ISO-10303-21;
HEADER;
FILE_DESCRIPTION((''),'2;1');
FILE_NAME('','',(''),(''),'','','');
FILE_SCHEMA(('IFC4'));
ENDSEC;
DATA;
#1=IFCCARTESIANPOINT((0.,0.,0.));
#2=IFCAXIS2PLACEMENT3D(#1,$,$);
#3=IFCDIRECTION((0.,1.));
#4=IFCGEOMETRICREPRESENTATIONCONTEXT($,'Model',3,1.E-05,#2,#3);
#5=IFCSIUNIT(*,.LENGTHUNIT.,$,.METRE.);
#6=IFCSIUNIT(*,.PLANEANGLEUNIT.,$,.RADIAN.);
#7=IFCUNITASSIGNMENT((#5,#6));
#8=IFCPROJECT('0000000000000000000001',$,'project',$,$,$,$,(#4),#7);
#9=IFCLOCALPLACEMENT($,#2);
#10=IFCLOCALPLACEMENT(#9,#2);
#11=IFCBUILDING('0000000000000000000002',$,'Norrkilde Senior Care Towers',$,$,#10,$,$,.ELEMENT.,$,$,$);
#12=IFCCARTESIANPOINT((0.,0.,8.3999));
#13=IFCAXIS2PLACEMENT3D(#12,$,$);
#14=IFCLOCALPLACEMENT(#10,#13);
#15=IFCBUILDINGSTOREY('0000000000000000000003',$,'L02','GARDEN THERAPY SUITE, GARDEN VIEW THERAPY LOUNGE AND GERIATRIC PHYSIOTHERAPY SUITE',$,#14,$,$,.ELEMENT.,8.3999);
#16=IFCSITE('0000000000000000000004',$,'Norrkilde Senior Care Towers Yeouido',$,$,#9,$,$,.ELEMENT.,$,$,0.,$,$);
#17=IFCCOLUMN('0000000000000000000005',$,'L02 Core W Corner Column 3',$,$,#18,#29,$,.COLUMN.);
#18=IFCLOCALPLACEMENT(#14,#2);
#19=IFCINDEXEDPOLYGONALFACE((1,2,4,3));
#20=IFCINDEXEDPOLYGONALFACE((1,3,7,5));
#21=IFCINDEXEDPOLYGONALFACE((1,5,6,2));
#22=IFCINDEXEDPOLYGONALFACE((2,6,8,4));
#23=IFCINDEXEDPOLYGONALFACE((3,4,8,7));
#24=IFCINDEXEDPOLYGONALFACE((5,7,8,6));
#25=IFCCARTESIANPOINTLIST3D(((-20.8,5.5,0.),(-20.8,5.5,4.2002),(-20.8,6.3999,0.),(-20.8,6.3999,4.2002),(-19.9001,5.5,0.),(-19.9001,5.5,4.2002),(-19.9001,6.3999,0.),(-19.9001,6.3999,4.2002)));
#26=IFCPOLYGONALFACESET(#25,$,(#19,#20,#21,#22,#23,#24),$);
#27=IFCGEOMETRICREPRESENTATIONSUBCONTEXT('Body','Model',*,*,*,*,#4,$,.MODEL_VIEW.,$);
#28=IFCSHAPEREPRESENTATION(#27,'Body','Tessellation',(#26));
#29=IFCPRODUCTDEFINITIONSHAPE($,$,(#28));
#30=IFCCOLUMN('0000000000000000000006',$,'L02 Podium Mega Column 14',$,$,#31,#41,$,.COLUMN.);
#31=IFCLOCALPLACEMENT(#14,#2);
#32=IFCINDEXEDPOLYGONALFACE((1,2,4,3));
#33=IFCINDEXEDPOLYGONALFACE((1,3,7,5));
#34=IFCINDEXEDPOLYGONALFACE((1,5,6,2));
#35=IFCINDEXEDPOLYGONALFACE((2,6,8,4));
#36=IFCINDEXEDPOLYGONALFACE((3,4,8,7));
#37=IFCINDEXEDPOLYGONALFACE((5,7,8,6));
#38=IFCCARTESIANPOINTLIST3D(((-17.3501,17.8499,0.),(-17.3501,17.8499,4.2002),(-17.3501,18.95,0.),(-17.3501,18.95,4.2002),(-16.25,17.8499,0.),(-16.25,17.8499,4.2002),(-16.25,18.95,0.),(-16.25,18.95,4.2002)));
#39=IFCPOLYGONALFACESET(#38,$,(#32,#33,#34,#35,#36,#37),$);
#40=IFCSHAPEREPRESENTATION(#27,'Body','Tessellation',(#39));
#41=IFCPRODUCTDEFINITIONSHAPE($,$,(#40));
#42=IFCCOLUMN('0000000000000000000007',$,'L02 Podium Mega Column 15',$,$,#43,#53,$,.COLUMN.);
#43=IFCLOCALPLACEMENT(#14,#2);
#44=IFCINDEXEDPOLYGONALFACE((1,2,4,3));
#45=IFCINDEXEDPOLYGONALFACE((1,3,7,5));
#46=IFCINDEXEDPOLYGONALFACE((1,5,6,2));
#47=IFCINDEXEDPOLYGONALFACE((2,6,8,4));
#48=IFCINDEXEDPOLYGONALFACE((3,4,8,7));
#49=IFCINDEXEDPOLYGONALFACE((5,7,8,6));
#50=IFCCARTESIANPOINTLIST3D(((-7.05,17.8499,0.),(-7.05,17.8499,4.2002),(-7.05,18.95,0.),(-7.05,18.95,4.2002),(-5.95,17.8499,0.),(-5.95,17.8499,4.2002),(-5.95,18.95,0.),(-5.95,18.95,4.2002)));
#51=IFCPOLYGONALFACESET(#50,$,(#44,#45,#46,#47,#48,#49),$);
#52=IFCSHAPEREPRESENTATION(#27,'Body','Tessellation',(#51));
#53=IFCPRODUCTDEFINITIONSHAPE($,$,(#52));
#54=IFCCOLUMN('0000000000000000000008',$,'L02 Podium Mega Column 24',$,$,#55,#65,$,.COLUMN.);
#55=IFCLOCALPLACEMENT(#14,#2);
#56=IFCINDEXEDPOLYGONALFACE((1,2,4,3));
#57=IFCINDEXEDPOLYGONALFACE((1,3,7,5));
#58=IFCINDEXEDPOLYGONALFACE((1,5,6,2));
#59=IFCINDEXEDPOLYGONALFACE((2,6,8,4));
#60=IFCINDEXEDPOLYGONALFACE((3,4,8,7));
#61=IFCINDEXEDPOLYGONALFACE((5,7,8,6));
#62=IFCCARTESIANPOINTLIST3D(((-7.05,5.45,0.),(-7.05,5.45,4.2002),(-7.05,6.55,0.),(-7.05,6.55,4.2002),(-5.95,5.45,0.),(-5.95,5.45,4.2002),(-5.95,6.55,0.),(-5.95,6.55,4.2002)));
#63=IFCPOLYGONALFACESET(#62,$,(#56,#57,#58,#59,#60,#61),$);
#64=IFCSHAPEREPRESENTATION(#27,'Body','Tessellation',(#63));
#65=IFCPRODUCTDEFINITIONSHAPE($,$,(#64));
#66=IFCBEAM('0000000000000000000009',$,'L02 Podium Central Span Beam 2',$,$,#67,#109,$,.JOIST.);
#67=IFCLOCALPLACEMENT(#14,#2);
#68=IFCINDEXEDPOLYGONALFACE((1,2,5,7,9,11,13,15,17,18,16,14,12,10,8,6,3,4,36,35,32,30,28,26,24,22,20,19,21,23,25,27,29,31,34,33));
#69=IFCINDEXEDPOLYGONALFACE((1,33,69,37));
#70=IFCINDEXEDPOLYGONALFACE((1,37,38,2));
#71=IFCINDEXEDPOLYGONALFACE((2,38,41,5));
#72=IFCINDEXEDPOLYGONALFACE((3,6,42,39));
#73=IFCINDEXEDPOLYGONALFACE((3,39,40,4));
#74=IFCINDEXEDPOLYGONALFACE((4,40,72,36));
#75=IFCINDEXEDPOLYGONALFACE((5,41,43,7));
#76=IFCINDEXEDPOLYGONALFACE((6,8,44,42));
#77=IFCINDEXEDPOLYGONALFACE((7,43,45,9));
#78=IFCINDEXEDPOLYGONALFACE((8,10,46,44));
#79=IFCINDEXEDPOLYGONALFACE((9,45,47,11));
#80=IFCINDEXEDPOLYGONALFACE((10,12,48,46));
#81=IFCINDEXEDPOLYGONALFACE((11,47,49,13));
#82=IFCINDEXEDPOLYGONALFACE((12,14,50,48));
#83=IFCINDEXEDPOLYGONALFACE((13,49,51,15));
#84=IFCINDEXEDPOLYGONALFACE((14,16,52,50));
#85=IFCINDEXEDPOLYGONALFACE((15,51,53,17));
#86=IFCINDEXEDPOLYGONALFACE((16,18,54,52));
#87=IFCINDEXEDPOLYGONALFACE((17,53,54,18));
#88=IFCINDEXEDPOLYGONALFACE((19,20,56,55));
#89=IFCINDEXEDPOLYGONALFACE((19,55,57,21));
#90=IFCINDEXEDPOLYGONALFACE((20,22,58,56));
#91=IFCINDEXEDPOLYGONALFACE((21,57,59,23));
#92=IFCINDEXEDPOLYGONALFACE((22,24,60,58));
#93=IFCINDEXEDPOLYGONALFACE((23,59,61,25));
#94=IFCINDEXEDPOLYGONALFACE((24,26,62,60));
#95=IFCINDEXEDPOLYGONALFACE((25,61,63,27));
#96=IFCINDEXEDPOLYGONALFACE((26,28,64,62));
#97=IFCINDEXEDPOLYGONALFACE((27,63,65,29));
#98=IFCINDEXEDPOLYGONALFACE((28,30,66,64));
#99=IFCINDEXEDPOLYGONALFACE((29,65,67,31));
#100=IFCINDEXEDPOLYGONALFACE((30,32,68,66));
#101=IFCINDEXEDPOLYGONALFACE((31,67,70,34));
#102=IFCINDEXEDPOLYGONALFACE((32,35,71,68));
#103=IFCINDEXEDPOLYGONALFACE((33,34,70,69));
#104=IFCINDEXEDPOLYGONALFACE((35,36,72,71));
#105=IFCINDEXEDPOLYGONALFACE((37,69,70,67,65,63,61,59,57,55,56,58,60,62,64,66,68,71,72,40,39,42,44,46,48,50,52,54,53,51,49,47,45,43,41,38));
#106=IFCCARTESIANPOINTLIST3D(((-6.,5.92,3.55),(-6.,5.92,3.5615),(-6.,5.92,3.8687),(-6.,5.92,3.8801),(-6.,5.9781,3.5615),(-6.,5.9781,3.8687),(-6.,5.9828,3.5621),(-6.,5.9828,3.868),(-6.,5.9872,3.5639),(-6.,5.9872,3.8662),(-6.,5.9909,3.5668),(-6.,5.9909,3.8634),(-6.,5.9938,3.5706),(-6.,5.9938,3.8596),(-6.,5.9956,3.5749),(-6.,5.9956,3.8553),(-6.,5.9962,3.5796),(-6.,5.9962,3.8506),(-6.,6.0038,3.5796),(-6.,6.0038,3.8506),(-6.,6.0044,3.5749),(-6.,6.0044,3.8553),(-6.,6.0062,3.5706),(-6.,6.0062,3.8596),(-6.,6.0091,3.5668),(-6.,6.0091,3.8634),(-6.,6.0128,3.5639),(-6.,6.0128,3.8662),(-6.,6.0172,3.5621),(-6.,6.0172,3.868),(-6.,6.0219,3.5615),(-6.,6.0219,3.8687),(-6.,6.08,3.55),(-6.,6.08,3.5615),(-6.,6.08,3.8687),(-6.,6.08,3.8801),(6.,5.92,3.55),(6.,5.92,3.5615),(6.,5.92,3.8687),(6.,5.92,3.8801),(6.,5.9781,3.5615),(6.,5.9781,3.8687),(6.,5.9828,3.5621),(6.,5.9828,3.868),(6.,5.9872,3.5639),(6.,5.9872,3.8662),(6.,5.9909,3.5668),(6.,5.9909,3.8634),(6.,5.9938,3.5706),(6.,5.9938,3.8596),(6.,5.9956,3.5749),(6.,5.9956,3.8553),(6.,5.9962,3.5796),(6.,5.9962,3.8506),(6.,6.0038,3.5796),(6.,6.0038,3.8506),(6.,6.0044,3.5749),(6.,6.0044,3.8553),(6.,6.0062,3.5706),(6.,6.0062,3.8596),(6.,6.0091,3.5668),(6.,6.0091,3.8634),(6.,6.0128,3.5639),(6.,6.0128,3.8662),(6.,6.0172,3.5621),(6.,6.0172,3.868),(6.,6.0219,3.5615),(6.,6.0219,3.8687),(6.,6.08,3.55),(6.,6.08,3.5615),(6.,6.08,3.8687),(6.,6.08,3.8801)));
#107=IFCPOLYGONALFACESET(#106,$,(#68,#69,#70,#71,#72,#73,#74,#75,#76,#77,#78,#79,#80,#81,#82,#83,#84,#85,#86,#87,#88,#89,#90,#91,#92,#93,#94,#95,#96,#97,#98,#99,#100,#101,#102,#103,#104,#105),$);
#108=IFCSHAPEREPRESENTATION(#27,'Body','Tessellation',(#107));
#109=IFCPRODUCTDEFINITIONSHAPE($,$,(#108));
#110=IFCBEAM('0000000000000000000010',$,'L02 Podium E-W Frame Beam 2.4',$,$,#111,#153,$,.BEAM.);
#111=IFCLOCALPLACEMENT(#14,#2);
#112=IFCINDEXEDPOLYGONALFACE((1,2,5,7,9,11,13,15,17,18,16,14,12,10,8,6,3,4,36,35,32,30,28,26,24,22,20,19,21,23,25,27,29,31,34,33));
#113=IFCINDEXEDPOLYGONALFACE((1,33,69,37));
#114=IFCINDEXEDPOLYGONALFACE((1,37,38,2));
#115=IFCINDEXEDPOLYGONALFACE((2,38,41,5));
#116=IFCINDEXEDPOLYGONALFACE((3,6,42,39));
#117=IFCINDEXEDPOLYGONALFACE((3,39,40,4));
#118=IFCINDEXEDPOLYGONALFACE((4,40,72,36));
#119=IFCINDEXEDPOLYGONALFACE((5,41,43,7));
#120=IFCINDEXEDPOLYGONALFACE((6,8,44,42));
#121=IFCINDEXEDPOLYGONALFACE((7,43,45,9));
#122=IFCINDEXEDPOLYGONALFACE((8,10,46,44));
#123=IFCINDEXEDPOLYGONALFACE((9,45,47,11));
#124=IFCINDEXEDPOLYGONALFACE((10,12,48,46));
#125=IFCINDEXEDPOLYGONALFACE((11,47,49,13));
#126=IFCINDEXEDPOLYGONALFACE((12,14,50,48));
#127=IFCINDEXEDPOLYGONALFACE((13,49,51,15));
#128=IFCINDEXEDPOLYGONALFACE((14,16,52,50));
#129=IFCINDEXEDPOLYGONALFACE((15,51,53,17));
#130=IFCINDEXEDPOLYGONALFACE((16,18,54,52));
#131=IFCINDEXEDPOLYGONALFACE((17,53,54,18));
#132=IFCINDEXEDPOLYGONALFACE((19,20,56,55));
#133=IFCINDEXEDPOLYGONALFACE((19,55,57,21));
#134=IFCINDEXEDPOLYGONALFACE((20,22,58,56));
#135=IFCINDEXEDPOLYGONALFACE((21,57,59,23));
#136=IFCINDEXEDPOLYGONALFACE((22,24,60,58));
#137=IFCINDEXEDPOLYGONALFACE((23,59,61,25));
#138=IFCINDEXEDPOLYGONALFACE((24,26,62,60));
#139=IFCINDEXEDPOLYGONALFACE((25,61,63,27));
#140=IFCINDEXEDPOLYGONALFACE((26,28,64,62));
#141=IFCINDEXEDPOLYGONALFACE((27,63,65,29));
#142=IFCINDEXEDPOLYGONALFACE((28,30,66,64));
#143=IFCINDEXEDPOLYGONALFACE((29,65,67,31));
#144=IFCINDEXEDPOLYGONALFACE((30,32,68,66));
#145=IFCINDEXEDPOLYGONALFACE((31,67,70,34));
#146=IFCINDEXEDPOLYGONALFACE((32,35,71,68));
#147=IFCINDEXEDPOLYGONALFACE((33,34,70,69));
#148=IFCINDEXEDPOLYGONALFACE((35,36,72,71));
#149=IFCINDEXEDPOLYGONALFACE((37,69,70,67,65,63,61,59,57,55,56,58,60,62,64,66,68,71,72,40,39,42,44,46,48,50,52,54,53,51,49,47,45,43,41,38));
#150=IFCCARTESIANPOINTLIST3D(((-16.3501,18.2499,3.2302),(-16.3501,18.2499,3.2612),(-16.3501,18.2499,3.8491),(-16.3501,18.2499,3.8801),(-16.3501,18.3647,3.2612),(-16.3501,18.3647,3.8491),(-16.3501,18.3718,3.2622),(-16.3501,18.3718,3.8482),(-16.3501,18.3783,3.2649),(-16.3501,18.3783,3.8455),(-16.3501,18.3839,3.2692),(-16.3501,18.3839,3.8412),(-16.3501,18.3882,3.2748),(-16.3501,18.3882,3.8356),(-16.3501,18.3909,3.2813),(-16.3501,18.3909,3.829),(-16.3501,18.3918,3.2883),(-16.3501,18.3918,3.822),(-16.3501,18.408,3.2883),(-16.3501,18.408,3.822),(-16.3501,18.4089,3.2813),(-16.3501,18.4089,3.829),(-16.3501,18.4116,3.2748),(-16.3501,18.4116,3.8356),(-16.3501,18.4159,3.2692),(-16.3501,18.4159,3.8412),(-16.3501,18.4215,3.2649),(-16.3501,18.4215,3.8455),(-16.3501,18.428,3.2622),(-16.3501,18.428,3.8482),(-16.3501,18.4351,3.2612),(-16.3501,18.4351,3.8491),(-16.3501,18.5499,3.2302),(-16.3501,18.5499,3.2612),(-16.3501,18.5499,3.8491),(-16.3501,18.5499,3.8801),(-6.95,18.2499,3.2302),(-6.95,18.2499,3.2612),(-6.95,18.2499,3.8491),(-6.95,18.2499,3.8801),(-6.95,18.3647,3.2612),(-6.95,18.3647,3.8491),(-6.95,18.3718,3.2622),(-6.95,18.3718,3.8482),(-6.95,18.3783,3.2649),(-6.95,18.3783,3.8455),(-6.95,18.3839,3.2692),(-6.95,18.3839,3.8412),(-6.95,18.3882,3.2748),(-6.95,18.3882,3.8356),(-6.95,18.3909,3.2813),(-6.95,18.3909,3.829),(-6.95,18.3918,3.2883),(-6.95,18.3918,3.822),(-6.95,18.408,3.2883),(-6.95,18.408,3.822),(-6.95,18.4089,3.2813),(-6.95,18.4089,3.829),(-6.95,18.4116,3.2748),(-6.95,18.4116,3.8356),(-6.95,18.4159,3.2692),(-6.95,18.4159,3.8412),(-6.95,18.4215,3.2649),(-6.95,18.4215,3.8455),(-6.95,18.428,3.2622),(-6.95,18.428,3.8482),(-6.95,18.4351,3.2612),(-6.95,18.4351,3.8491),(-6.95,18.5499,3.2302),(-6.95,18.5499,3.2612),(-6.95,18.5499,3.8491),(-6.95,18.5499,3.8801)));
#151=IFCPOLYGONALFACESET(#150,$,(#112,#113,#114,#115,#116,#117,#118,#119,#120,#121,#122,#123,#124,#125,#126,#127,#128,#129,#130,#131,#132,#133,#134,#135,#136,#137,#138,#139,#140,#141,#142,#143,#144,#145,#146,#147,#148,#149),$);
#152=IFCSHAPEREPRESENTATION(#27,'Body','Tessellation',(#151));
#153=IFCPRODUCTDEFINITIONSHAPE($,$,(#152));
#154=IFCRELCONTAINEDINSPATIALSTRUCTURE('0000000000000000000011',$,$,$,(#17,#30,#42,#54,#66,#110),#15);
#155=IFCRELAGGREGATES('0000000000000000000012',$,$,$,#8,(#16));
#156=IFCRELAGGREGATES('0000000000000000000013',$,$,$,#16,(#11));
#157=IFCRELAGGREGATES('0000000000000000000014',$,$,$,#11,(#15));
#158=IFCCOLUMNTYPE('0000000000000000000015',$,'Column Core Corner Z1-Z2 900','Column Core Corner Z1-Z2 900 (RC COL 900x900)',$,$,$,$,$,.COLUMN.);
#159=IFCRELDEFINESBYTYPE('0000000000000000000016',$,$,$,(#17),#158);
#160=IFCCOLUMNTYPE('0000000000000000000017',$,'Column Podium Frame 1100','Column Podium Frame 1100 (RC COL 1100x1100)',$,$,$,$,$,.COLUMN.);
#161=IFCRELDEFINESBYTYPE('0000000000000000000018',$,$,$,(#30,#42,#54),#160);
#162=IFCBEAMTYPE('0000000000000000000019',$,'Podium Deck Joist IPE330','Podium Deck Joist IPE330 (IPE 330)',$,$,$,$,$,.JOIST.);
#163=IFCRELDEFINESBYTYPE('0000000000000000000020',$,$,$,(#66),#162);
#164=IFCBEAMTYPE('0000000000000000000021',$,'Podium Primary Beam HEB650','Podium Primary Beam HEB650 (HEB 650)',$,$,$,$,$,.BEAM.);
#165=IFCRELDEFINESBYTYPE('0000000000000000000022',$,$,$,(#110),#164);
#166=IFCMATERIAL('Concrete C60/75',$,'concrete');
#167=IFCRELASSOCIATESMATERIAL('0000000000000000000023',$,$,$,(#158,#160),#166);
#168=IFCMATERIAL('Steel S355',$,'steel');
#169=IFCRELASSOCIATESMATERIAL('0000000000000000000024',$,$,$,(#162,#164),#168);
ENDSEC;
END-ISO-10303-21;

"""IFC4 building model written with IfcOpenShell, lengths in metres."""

from ifc_helpers import new_model, si_unit, direction, frame, origin, origin_2d, place, context, subcontext, project, spatial, rectangle, i_section, extrude, source, transform, mapped, material, material_profile, profile_set, type_object, type_shapes, element, save


model = new_model("IFC4")

# Units and contexts
model_context = context("Model", 3, precision=1e-05, world=origin(), true_north=direction((0.0, 1.0)))
body_context = subcontext(model_context, "Body", "Model", "MODEL_VIEW")
ifc_project = project(units=[si_unit("LENGTHUNIT", "METRE"), si_unit("PLANEANGLEUNIT", "RADIAN")], contexts=[model_context])

# Site, building, storey
site_placement = place(None, origin())
site = spatial("IfcSite", under=ifc_project, at=site_placement, Name="Norrkilde Senior Care Towers Yeouido", CompositionType="ELEMENT", RefElevation=0.0)
building_placement = place(site_placement, origin())
building = spatial("IfcBuilding", under=site, at=building_placement, Name="Norrkilde Senior Care Towers", CompositionType="ELEMENT")
storey_placement = place(building_placement, frame((0.0, 0.0, 8.3999)))
storey = spatial("IfcBuildingStorey", under=building, at=storey_placement, Name="L02", Description="GARDEN THERAPY SUITE, GARDEN VIEW THERAPY LOUNGE AND GERIATRIC PHYSIOTHERAPY SUITE", CompositionType="ELEMENT", Elevation=8.3999)

# Columns
ifc_material_1 = material(Name="Concrete C60/75", Category="concrete")
ifc_material_profile_1 = material_profile(ifc_material_1, rectangle(XDim=0.8999, YDim=0.8999, at=origin_2d()), Name="RC COL 900x900")
ifc_profile_set_1 = profile_set([ifc_material_profile_1], Name="Concrete C60/75")
column_type_1 = type_object("IfcColumnType", Name="Column Core Corner Z1-Z2 900", Description="Column Core Corner Z1-Z2 900 (RC COL 900x900)", PredefinedType="COLUMN", material=ifc_profile_set_1)
shared_shape_1 = source(origin(), body_context, "Body", "SweptSolid", [
    extrude(rectangle(XDim=0.8999, YDim=0.8999, at=origin_2d()), origin(), (0.0, 0.0, 1.0), 4.2002),
])
type_shapes(column_type_1, [shared_shape_1])
column_placement = place(storey_placement, frame((-20.3501, 5.95, 0.0), z_axis=(0.0, 0.0, 1.0), x_axis=(1.0, 0.0, 0.0)))
element("IfcColumn", 1, at=column_placement, inside=storey, type_object=column_type_1, Name="L02 Core W Corner Column 3", PredefinedType="COLUMN", context=body_context, shape_type="MappedRepresentation", body=[
    mapped(shared_shape_1, transform((0.0, 0.0, 0.0), x_axis=(1.0, 0.0, 0.0), y_axis=(0.0, 1.0, 0.0), z_axis=(0.0, 0.0, 1.0), scale=1.0)),
])
ifc_material_profile_2 = material_profile(ifc_material_1, rectangle(XDim=1.1001, YDim=1.1001, at=origin_2d()), Name="RC COL 1100x1100")
ifc_profile_set_2 = profile_set([ifc_material_profile_2], Name="Concrete C60/75")
column_type_2 = type_object("IfcColumnType", Name="Column Podium Frame 1100", Description="Column Podium Frame 1100 (RC COL 1100x1100)", PredefinedType="COLUMN", material=ifc_profile_set_2)
shared_shape_2 = source(origin(), body_context, "Body", "SweptSolid", [
    extrude(rectangle(XDim=1.1001, YDim=1.1001, at=origin_2d()), origin(), (0.0, 0.0, 1.0), 4.2002),
])
type_shapes(column_type_2, [shared_shape_2])
for number, where, z_axis, x_axis, name in (
    (2, (-16.8, 18.3999, 0.0), (0.0, 0.0, 1.0), (1.0, 0.0, 0.0), "L02 Podium Mega Column 14"),
    (3, (-6.5, 18.3999, 0.0), (0.0, 0.0, 1.0), (1.0, 0.0, 0.0), "L02 Podium Mega Column 15"),
    (4, (-6.5, 6.0, 0.0), (0.0, 0.0, 1.0), (1.0, 0.0, 0.0), "L02 Podium Mega Column 24"),
):
    element("IfcColumn", number, at=place(storey_placement, frame(where, z_axis=z_axis, x_axis=x_axis)), inside=storey, type_object=column_type_2, Name=name, PredefinedType="COLUMN", context=body_context, shape_type="MappedRepresentation", body=[
        mapped(shared_shape_2, transform((0.0, 0.0, 0.0), x_axis=(1.0, 0.0, 0.0), y_axis=(0.0, 1.0, 0.0), z_axis=(0.0, 0.0, 1.0), scale=1.0)),
    ])

# Beams
ifc_material_2 = material(Name="Steel S355", Category="steel")
ifc_material_profile_3 = material_profile(ifc_material_2, i_section(OverallWidth=0.1599, OverallDepth=0.3301, WebThickness=0.0076, FlangeThickness=0.0115, FilletRadius=0.0181, at=origin_2d()), Name="IPE 330")
ifc_profile_set_3 = profile_set([ifc_material_profile_3], Name="Steel S355")
beam_type_1 = type_object("IfcBeamType", Name="Podium Deck Joist IPE330", Description="Podium Deck Joist IPE330 (IPE 330)", PredefinedType="JOIST", material=ifc_profile_set_3)
shared_shape_3 = source(origin(), body_context, "Body", "SweptSolid", [
    extrude(i_section(OverallWidth=0.1599, OverallDepth=0.3301, WebThickness=0.0076, FlangeThickness=0.0115, FilletRadius=0.0181, at=origin_2d()), origin(), (0.0, 0.0, 1.0), 12.0),
])
type_shapes(beam_type_1, [shared_shape_3])
beam_1_placement = place(storey_placement, frame((-6.0, 6.0, 3.7151), z_axis=(1.0, 0.0, 0.0), x_axis=(0.0, 1.0, 0.0)))
element("IfcBeam", 5, at=beam_1_placement, inside=storey, type_object=beam_type_1, Name="L02 Podium Central Span Beam 2", PredefinedType="JOIST", context=body_context, shape_type="MappedRepresentation", body=[
    mapped(shared_shape_3, transform((0.0, 0.0, 0.0), x_axis=(1.0, 0.0, 0.0), y_axis=(0.0, 1.0, 0.0), z_axis=(0.0, 0.0, 1.0), scale=1.0)),
])
ifc_material_profile_4 = material_profile(ifc_material_2, i_section(OverallWidth=0.3, OverallDepth=0.6499, WebThickness=0.0161, FlangeThickness=0.031, FilletRadius=0.0271, at=origin_2d()), Name="HEB 650")
ifc_profile_set_4 = profile_set([ifc_material_profile_4], Name="Steel S355")
beam_type_2 = type_object("IfcBeamType", Name="Podium Primary Beam HEB650", Description="Podium Primary Beam HEB650 (HEB 650)", PredefinedType="BEAM", material=ifc_profile_set_4)
shared_shape_4 = source(origin(), body_context, "Body", "SweptSolid", [
    extrude(i_section(OverallWidth=0.3, OverallDepth=0.6499, WebThickness=0.0161, FlangeThickness=0.031, FilletRadius=0.0271, at=origin_2d()), origin(), (0.0, 0.0, 1.0), 9.4001),
])
beam_2_placement = place(storey_placement, frame((-16.3501, 18.3999, 3.5552), z_axis=(1.0, 0.0, 0.0), x_axis=(0.0, 1.0, 0.0)))
element("IfcBeam", 6, at=beam_2_placement, inside=storey, type_object=beam_type_2, Name="L02 Podium E-W Frame Beam 2.4", PredefinedType="BEAM", context=body_context, shape_type="MappedRepresentation", body=[
    mapped(shared_shape_4, transform((0.0, 0.0, 0.0), x_axis=(1.0, 0.0, 0.0), y_axis=(0.0, 1.0, 0.0), z_axis=(0.0, 0.0, 1.0), scale=1.0)),
])

save(model, "model.ifc")
